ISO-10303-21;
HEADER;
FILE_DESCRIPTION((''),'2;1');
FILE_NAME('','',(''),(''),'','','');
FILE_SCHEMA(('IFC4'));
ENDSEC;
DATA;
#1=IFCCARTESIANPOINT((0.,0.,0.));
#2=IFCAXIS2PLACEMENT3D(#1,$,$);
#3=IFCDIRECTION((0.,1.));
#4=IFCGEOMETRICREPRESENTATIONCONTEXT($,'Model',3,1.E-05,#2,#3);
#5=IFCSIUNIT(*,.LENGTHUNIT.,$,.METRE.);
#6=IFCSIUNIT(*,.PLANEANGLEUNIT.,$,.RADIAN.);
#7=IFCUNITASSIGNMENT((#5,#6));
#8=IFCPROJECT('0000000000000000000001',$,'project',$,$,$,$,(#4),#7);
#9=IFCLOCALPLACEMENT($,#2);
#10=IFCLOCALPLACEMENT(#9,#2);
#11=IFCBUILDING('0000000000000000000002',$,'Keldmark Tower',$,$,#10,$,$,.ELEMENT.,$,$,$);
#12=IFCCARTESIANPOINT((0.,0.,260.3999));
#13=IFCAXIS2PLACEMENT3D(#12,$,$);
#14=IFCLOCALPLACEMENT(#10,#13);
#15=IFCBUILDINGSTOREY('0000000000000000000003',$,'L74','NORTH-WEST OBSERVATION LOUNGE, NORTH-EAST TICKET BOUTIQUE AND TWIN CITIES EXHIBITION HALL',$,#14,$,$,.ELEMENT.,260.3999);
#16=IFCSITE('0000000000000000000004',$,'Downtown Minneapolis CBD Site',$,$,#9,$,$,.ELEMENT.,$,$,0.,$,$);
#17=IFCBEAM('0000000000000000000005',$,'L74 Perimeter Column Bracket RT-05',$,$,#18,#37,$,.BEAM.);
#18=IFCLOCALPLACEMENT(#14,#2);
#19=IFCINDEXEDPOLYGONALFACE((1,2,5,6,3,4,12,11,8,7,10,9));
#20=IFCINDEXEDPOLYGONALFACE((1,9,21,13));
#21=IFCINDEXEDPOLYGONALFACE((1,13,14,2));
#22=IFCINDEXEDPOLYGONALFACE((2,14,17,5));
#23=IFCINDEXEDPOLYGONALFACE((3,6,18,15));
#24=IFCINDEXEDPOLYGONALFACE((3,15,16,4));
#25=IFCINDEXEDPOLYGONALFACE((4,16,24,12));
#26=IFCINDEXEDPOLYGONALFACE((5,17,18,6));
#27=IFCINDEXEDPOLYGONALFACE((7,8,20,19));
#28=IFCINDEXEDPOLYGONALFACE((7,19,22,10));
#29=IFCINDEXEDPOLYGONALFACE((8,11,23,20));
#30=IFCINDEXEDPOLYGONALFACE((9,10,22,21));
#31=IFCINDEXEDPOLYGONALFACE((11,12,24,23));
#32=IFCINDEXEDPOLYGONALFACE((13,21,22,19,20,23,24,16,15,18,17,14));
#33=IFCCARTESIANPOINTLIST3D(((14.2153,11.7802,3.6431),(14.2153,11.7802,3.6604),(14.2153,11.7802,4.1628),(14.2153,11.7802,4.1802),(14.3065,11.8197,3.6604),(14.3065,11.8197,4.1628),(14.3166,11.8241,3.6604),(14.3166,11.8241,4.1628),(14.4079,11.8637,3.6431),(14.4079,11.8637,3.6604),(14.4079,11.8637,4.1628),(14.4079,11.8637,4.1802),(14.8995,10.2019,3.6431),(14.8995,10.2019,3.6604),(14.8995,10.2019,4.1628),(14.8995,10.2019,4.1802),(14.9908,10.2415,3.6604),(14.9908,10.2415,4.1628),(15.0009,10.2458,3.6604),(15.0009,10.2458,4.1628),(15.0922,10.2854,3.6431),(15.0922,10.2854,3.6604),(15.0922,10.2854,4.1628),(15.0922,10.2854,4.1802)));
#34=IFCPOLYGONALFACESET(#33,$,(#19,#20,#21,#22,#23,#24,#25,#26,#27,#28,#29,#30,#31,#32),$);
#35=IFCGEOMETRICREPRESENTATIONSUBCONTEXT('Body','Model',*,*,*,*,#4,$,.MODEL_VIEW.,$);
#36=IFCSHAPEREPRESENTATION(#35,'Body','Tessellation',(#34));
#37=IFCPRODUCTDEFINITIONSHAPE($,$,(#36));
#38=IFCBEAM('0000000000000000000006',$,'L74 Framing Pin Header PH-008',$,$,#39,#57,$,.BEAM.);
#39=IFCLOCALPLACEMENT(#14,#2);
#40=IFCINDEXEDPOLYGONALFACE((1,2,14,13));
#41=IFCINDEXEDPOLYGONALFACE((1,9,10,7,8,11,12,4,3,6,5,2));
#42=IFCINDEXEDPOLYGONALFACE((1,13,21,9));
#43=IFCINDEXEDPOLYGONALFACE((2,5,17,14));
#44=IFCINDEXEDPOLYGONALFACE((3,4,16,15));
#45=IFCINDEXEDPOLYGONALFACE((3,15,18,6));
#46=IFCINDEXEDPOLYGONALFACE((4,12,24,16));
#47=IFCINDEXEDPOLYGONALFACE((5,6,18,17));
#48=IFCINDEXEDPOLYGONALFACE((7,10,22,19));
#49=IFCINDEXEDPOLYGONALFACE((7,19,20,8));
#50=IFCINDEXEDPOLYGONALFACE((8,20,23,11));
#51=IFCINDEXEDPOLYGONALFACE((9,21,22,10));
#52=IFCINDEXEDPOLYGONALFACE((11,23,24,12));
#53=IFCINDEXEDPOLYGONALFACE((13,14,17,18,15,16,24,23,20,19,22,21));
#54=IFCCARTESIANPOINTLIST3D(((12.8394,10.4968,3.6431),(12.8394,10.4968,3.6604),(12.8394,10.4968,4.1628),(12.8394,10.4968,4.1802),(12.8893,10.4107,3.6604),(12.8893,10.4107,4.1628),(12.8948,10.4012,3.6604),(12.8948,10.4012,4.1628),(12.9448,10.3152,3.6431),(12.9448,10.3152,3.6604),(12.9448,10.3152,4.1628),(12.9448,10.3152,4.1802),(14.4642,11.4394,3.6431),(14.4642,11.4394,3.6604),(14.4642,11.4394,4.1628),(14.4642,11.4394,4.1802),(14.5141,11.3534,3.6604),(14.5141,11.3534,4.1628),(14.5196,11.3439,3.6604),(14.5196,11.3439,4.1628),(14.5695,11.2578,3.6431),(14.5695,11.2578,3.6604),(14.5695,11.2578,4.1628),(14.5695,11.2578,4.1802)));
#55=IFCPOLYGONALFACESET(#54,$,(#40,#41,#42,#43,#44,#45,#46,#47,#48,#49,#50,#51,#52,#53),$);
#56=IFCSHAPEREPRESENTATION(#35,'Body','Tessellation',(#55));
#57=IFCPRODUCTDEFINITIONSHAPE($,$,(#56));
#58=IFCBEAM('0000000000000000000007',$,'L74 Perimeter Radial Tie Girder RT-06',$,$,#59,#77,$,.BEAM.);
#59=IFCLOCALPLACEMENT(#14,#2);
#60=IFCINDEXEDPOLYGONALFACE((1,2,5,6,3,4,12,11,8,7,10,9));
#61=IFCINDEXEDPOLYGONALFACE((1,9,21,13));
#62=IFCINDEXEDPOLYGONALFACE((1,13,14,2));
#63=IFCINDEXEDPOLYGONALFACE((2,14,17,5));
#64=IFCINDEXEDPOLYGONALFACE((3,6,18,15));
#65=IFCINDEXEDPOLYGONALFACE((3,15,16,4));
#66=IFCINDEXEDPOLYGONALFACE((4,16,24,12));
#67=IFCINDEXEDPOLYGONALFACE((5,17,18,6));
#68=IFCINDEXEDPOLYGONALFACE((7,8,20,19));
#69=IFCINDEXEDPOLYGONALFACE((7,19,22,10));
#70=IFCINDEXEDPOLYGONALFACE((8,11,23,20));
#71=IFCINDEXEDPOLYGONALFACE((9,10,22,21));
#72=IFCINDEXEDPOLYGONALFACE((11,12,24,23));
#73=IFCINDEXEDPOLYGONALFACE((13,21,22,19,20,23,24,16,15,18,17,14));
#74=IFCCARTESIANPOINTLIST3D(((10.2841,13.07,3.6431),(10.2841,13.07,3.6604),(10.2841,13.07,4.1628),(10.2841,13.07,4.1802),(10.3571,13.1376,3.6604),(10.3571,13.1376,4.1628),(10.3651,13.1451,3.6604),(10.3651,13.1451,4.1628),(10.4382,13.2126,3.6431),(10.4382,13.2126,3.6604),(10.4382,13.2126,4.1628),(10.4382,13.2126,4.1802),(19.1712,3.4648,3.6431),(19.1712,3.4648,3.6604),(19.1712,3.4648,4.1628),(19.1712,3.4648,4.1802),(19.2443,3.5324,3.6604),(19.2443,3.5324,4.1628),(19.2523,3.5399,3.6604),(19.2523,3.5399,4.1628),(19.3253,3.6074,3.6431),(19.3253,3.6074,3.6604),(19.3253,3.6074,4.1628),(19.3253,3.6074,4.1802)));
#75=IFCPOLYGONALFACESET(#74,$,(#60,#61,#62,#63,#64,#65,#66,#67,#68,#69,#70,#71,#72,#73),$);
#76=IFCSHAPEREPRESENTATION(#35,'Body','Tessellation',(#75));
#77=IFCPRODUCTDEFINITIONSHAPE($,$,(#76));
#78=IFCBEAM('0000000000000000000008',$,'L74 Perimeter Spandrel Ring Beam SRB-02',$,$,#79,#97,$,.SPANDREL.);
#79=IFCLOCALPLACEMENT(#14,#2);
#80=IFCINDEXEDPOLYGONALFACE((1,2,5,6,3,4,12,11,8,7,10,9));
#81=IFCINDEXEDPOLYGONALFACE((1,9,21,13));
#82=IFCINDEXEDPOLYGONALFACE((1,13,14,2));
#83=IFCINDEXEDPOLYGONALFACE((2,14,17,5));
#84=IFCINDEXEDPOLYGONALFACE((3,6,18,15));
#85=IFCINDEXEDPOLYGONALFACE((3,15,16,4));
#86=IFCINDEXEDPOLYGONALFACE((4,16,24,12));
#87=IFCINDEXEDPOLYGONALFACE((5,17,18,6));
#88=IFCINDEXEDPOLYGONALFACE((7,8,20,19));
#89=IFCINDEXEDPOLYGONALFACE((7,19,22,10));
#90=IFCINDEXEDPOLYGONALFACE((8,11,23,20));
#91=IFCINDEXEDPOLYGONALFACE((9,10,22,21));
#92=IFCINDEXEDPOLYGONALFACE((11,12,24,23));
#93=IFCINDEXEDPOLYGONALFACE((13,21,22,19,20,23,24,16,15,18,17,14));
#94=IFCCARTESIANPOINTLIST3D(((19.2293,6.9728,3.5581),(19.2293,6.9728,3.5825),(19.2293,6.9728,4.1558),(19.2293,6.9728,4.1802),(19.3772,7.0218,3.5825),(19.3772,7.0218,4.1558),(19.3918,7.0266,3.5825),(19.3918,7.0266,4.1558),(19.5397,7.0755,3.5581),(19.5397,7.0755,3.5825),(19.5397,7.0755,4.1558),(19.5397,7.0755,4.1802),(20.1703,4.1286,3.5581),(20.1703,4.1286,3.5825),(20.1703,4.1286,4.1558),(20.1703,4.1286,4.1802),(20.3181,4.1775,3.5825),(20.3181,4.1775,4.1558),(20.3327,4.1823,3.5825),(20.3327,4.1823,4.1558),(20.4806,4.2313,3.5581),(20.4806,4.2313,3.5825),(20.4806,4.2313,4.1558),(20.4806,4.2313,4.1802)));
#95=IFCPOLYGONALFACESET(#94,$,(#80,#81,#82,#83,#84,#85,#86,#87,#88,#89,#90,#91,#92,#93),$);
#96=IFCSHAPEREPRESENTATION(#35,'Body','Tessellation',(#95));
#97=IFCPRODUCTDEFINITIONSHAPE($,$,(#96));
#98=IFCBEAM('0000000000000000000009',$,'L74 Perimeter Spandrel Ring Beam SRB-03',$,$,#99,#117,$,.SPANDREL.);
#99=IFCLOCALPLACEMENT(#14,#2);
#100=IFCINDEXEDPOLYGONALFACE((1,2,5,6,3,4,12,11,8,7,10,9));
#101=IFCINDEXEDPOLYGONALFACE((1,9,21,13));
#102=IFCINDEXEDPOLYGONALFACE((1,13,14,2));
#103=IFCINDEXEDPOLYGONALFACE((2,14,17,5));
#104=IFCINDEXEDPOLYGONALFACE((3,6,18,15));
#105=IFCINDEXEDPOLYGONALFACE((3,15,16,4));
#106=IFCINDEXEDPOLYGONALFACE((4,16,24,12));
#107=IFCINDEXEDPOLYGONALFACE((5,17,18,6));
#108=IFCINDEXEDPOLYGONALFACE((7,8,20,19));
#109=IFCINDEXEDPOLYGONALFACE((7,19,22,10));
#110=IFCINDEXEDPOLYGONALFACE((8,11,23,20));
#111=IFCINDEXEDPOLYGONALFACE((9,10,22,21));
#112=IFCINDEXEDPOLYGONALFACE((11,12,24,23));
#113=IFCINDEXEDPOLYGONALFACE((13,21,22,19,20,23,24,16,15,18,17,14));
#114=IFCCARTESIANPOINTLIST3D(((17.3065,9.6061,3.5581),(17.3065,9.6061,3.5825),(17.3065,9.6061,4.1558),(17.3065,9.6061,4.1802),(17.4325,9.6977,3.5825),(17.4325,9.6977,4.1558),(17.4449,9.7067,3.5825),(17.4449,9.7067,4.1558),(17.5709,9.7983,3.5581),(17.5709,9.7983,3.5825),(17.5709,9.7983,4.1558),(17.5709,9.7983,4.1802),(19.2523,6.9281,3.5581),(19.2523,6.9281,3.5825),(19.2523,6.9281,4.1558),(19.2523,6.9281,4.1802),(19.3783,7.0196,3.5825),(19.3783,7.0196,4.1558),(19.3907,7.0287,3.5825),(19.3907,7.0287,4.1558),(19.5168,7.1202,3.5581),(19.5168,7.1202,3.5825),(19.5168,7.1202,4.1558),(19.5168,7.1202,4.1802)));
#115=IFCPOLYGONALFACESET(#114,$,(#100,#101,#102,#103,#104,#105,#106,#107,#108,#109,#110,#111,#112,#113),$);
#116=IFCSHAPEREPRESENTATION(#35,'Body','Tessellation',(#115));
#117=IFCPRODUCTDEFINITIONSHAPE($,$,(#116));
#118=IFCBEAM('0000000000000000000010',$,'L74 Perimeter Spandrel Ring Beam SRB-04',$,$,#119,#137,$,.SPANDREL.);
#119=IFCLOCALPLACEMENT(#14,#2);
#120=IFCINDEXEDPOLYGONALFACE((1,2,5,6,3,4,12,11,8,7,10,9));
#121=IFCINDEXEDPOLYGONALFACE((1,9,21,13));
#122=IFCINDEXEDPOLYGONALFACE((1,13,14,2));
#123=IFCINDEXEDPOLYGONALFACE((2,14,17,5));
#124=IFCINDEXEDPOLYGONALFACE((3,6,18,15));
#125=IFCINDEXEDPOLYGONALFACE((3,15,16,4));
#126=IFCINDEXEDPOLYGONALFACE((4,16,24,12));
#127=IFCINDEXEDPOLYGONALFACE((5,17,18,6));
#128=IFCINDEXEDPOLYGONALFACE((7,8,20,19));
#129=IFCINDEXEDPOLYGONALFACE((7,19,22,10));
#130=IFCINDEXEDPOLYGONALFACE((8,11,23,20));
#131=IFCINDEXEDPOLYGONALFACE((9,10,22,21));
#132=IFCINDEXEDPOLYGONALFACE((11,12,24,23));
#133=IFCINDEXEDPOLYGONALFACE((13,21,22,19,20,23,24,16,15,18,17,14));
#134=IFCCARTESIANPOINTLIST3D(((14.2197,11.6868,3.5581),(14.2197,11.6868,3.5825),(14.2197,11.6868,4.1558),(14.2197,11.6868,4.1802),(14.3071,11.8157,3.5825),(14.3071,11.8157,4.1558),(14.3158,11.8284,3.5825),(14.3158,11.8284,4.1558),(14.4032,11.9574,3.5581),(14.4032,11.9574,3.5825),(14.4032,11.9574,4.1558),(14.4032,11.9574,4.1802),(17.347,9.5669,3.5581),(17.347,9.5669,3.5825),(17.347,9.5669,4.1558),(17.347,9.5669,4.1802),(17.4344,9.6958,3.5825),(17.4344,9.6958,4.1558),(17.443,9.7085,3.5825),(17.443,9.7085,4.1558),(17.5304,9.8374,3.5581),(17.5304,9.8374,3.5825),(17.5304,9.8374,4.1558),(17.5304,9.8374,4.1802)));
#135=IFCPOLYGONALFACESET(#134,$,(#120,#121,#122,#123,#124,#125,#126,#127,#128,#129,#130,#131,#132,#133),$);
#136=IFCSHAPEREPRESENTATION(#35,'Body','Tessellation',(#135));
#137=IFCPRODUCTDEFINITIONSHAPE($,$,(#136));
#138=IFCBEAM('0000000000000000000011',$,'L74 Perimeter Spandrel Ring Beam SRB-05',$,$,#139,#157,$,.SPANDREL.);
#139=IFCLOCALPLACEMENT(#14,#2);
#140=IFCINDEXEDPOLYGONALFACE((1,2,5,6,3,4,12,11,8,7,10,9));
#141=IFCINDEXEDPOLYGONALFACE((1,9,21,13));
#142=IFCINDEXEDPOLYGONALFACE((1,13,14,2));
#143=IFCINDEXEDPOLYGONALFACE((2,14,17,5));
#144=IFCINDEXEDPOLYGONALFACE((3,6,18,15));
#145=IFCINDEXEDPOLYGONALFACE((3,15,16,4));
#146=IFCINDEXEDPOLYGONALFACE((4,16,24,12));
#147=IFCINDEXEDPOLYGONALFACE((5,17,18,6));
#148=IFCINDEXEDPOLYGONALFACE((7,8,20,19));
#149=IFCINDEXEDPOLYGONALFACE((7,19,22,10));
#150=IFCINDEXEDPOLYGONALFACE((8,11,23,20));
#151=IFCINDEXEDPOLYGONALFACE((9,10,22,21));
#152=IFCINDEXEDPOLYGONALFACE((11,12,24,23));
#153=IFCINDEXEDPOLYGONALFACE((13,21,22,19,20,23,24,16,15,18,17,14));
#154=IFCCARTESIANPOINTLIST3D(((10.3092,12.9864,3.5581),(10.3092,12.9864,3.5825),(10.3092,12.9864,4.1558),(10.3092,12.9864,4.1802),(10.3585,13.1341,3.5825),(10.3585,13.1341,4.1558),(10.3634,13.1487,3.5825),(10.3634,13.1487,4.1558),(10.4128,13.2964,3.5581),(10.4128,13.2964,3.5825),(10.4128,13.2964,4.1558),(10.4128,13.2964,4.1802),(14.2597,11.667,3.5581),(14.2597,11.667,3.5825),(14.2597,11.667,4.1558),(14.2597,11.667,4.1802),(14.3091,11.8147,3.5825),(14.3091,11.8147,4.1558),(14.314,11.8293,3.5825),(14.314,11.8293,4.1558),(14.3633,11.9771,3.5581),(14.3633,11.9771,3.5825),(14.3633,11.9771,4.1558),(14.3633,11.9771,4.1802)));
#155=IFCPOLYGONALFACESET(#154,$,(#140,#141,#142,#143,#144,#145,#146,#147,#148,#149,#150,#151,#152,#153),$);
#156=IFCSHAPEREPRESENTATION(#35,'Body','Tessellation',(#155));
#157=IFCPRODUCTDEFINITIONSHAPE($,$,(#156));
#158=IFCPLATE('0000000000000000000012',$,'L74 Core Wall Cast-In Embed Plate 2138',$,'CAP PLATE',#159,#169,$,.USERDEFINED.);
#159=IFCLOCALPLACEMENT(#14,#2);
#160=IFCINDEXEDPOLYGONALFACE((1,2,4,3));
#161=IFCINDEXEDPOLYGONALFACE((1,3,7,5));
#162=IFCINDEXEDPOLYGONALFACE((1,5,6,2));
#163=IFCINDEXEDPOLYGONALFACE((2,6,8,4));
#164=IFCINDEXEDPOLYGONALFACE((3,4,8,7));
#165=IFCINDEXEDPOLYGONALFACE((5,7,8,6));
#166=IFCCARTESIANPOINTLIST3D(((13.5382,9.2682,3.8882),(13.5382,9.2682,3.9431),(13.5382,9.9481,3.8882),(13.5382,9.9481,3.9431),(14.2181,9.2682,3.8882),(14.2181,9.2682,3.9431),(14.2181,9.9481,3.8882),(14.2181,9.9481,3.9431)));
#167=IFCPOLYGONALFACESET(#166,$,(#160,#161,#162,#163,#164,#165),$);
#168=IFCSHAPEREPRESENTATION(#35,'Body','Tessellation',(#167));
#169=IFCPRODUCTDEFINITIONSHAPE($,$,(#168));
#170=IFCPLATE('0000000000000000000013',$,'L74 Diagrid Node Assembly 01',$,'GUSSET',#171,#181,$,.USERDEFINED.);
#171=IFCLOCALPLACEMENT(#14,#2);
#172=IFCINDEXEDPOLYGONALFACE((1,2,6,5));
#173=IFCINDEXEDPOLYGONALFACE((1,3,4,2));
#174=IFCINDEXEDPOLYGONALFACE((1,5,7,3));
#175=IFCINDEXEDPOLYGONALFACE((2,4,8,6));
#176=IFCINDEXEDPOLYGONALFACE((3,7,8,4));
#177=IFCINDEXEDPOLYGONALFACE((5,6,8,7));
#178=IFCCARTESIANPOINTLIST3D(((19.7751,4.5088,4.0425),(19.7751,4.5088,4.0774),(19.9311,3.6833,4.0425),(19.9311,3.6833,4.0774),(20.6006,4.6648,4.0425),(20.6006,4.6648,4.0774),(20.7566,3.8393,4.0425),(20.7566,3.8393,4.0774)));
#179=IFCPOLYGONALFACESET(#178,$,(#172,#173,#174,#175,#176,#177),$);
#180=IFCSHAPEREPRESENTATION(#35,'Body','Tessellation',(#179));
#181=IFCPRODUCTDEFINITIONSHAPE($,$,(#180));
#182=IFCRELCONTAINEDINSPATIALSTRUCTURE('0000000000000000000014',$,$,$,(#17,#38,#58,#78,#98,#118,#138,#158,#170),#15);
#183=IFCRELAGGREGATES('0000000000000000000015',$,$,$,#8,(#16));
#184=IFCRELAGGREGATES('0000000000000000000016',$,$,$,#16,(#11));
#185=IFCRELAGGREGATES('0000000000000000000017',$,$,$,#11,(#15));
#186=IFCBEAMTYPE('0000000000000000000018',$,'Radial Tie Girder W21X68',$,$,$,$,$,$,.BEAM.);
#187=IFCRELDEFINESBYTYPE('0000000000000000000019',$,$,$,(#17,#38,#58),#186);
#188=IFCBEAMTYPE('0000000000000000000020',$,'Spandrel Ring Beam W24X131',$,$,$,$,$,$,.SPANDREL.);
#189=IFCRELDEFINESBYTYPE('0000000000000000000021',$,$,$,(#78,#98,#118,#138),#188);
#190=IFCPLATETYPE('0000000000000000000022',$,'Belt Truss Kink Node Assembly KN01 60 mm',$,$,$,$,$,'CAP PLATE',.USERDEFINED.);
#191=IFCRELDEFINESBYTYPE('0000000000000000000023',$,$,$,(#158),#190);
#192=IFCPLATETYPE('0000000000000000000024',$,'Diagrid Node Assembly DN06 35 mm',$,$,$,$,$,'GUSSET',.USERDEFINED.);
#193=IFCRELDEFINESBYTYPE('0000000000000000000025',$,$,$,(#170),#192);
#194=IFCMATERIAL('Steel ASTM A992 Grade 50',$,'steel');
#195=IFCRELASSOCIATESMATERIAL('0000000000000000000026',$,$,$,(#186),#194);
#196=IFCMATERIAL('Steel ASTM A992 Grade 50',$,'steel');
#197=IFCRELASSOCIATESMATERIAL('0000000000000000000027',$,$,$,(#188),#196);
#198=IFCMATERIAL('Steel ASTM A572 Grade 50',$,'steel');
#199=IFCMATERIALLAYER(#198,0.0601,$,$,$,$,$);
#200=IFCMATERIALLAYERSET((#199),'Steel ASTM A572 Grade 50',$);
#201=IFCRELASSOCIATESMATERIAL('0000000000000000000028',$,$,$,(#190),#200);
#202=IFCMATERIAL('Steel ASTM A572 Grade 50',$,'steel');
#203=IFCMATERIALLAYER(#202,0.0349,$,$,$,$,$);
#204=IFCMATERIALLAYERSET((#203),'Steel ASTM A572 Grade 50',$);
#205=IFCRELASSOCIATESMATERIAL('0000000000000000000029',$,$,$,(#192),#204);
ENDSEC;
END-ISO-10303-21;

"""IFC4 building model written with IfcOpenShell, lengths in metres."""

from ifc_helpers import new_model, si_unit, direction, frame, origin, origin_2d, place, context, subcontext, project, spatial, rectangle, i_section, extrude, material, layer, layer_set, material_profile, profile_set, type_object, element, save


model = new_model("IFC4")

# Units and contexts
model_context = context("Model", 3, precision=1e-05, world=origin(), true_north=direction((0.0, 1.0)))
body_context = subcontext(model_context, "Body", "Model", "MODEL_VIEW")
ifc_project = project(units=[si_unit("LENGTHUNIT", "METRE"), si_unit("PLANEANGLEUNIT", "RADIAN")], contexts=[model_context])

# Site, building, storey
site_placement = place(None, origin())
site = spatial("IfcSite", under=ifc_project, at=site_placement, Name="Downtown Minneapolis CBD Site", CompositionType="ELEMENT", RefElevation=0.0)
building_placement = place(site_placement, origin())
building = spatial("IfcBuilding", under=site, at=building_placement, Name="Keldmark Tower", CompositionType="ELEMENT")
storey_placement = place(building_placement, frame((0.0, 0.0, 260.3999)))
storey = spatial("IfcBuildingStorey", under=building, at=storey_placement, Name="L74", Description="NORTH-WEST OBSERVATION LOUNGE, NORTH-EAST TICKET BOUTIQUE AND TWIN CITIES EXHIBITION HALL", CompositionType="ELEMENT", Elevation=260.3999)

# Beams
ifc_material_1 = material(Name="Steel ASTM A992 Grade 50", Category="steel")
ifc_material_profile_1 = material_profile(ifc_material_1, i_section(OverallWidth=0.21, OverallDepth=0.5371, WebThickness=0.011, FlangeThickness=0.0173, at=origin_2d()), Name="W21X68")
ifc_profile_set_1 = profile_set([ifc_material_profile_1], Name="Steel ASTM A992 Grade 50")
beam_type_1 = type_object("IfcBeamType", Name="Radial Tie Girder W21X68", PredefinedType="BEAM", material=ifc_profile_set_1)
beam_1_placement = place(storey_placement, frame((14.9958, 10.2437, 3.9116), z_axis=(-0.397787, 0.917478, 0.0), x_axis=(-0.917478, -0.397787, 0.0)))
element("IfcBeam", 1, at=beam_1_placement, inside=storey, type_object=beam_type_1, Name="L74 Perimeter Column Bracket RT-05", PredefinedType="BEAM", context=body_context, shape_type="SweptSolid", body=[
    extrude(i_section(OverallWidth=0.21, OverallDepth=0.5371, WebThickness=0.011, FlangeThickness=0.0173, at=origin_2d()), origin(), (0.0, 0.0, 1.0), 1.7202),
])
beam_2_placement = place(storey_placement, frame((14.5168, 11.3486, 3.9116), z_axis=(-0.864969, -0.501825, 0.0), x_axis=(0.501825, -0.864969, 0.0)))
element("IfcBeam", 2, at=beam_2_placement, inside=storey, type_object=beam_type_1, Name="L74 Framing Pin Header PH-008", PredefinedType="BEAM", context=body_context, shape_type="SweptSolid", body=[
    extrude(i_section(OverallWidth=0.21, OverallDepth=0.5371, WebThickness=0.011, FlangeThickness=0.0173, at=origin_2d()), origin(), (0.0, 0.0, 1.0), 1.8784),
])
beam_3_placement = place(storey_placement, frame((19.2483, 3.5361, 3.9116), z_axis=(-0.67914, 0.734009, 0.0), x_axis=(-0.734009, -0.67914, 0.0)))
element("IfcBeam", 3, at=beam_3_placement, inside=storey, type_object=beam_type_1, Name="L74 Perimeter Radial Tie Girder RT-06", PredefinedType="BEAM", context=body_context, shape_type="SweptSolid", body=[
    extrude(i_section(OverallWidth=0.21, OverallDepth=0.5371, WebThickness=0.011, FlangeThickness=0.0173, at=origin_2d()), origin(), (0.0, 0.0, 1.0), 13.0859),
])
ifc_material_2 = material(Name="Steel ASTM A992 Grade 50", Category="steel")
ifc_material_profile_2 = material_profile(ifc_material_2, i_section(OverallWidth=0.3269, OverallDepth=0.6221, WebThickness=0.0154, FlangeThickness=0.0244, at=origin_2d()), Name="W24X131")
ifc_profile_set_2 = profile_set([ifc_material_profile_2], Name="Steel ASTM A992 Grade 50")
beam_type_2 = type_object("IfcBeamType", Name="Spandrel Ring Beam W24X131", PredefinedType="SPANDREL", material=ifc_profile_set_2)
beam_4_placement = place(storey_placement, frame((20.3254, 4.1799, 3.8691), z_axis=(-0.314076, 0.949398, 0.0), x_axis=(-0.949398, -0.314076, 0.0)))
element("IfcBeam", 4, at=beam_4_placement, inside=storey, type_object=beam_type_2, Name="L74 Perimeter Spandrel Ring Beam SRB-02", PredefinedType="SPANDREL", context=body_context, shape_type="SweptSolid", body=[
    extrude(i_section(OverallWidth=0.3269, OverallDepth=0.6221, WebThickness=0.0154, FlangeThickness=0.0244, at=origin_2d()), origin(), (0.0, 0.0, 1.0), 2.9958),
])
beam_5_placement = place(storey_placement, frame((19.3845, 7.0242, 3.8691), z_axis=(-0.587812, 0.808998, 0.0), x_axis=(-0.808998, -0.587812, 0.0)))
element("IfcBeam", 5, at=beam_5_placement, inside=storey, type_object=beam_type_2, Name="L74 Perimeter Spandrel Ring Beam SRB-03", PredefinedType="SPANDREL", context=body_context, shape_type="SweptSolid", body=[
    extrude(i_section(OverallWidth=0.3269, OverallDepth=0.6221, WebThickness=0.0154, FlangeThickness=0.0244, at=origin_2d()), origin(), (0.0, 0.0, 1.0), 3.3103),
])
beam_6_placement = place(storey_placement, frame((17.4387, 9.7021, 3.8691), z_axis=(-0.827741, 0.561111, 0.0), x_axis=(-0.561111, -0.827741, 0.0)))
element("IfcBeam", 6, at=beam_6_placement, inside=storey, type_object=beam_type_2, Name="L74 Perimeter Spandrel Ring Beam SRB-04", PredefinedType="SPANDREL", context=body_context, shape_type="SweptSolid", body=[
    extrude(i_section(OverallWidth=0.3269, OverallDepth=0.6221, WebThickness=0.0154, FlangeThickness=0.0244, at=origin_2d()), origin(), (0.0, 0.0, 1.0), 3.7781),
])
beam_7_placement = place(storey_placement, frame((14.3115, 11.822, 3.8691), z_axis=(-0.948501, 0.316773, 0.0), x_axis=(-0.316773, -0.948501, 0.0)))
element("IfcBeam", 7, at=beam_7_placement, inside=storey, type_object=beam_type_2, Name="L74 Perimeter Spandrel Ring Beam SRB-05", PredefinedType="SPANDREL", context=body_context, shape_type="SweptSolid", body=[
    extrude(i_section(OverallWidth=0.3269, OverallDepth=0.6221, WebThickness=0.0154, FlangeThickness=0.0244, at=origin_2d()), origin(), (0.0, 0.0, 1.0), 4.165),
])

# Plates
ifc_material_3 = material(Name="Steel ASTM A572 Grade 50", Category="steel")
ifc_layer_1 = layer(ifc_material_3, 0.0601)
ifc_layer_set_1 = layer_set([ifc_layer_1], Name="Steel ASTM A572 Grade 50")
plate_type_1 = type_object("IfcPlateType", Name="Belt Truss Kink Node Assembly KN01 60 mm", ElementType="CAP PLATE", PredefinedType="USERDEFINED", material=ifc_layer_set_1)
plate_placement = place(storey_placement, frame((13.8782, 9.6082, 3.8882), z_axis=(0.0, 0.0, 1.0), x_axis=(1.0, 0.0, 0.0)))
element("IfcPlate", 8, at=plate_placement, inside=storey, type_object=plate_type_1, Name="L74 Core Wall Cast-In Embed Plate 2138", ObjectType="CAP PLATE", PredefinedType="USERDEFINED", context=body_context, shape_type="SweptSolid", body=[
    extrude(rectangle(XDim=0.6799, YDim=0.6799, at=origin_2d()), origin(), (0.0, 0.0, 1.0), 0.0549),
])
ifc_material_4 = material(Name="Steel ASTM A572 Grade 50", Category="steel")
ifc_layer_2 = layer(ifc_material_4, 0.0349)
ifc_layer_set_2 = layer_set([ifc_layer_2], Name="Steel ASTM A572 Grade 50")
plate_type_2 = type_object("IfcPlateType", Name="Diagrid Node Assembly DN06 35 mm", ElementType="GUSSET", PredefinedType="USERDEFINED", material=ifc_layer_set_2)
for number, where, z_axis, x_axis, name in (
    (9, (20.2659, 4.1741, 4.0425), (0.0, 0.0, 1.0), (-0.185667, 0.982613, 0.0), "L74 Diagrid Node Assembly 01"),
):
    element("IfcPlate", number, at=place(storey_placement, frame(where, z_axis=z_axis, x_axis=x_axis)), inside=storey, type_object=plate_type_2, Name=name, ObjectType="GUSSET", PredefinedType="USERDEFINED", context=body_context, shape_type="SweptSolid", body=[
        extrude(rectangle(XDim=0.8401, YDim=0.8401, at=origin_2d()), origin(), (0.0, 0.0, 1.0), 0.0349),
    ])

save(model, "model.ifc")
